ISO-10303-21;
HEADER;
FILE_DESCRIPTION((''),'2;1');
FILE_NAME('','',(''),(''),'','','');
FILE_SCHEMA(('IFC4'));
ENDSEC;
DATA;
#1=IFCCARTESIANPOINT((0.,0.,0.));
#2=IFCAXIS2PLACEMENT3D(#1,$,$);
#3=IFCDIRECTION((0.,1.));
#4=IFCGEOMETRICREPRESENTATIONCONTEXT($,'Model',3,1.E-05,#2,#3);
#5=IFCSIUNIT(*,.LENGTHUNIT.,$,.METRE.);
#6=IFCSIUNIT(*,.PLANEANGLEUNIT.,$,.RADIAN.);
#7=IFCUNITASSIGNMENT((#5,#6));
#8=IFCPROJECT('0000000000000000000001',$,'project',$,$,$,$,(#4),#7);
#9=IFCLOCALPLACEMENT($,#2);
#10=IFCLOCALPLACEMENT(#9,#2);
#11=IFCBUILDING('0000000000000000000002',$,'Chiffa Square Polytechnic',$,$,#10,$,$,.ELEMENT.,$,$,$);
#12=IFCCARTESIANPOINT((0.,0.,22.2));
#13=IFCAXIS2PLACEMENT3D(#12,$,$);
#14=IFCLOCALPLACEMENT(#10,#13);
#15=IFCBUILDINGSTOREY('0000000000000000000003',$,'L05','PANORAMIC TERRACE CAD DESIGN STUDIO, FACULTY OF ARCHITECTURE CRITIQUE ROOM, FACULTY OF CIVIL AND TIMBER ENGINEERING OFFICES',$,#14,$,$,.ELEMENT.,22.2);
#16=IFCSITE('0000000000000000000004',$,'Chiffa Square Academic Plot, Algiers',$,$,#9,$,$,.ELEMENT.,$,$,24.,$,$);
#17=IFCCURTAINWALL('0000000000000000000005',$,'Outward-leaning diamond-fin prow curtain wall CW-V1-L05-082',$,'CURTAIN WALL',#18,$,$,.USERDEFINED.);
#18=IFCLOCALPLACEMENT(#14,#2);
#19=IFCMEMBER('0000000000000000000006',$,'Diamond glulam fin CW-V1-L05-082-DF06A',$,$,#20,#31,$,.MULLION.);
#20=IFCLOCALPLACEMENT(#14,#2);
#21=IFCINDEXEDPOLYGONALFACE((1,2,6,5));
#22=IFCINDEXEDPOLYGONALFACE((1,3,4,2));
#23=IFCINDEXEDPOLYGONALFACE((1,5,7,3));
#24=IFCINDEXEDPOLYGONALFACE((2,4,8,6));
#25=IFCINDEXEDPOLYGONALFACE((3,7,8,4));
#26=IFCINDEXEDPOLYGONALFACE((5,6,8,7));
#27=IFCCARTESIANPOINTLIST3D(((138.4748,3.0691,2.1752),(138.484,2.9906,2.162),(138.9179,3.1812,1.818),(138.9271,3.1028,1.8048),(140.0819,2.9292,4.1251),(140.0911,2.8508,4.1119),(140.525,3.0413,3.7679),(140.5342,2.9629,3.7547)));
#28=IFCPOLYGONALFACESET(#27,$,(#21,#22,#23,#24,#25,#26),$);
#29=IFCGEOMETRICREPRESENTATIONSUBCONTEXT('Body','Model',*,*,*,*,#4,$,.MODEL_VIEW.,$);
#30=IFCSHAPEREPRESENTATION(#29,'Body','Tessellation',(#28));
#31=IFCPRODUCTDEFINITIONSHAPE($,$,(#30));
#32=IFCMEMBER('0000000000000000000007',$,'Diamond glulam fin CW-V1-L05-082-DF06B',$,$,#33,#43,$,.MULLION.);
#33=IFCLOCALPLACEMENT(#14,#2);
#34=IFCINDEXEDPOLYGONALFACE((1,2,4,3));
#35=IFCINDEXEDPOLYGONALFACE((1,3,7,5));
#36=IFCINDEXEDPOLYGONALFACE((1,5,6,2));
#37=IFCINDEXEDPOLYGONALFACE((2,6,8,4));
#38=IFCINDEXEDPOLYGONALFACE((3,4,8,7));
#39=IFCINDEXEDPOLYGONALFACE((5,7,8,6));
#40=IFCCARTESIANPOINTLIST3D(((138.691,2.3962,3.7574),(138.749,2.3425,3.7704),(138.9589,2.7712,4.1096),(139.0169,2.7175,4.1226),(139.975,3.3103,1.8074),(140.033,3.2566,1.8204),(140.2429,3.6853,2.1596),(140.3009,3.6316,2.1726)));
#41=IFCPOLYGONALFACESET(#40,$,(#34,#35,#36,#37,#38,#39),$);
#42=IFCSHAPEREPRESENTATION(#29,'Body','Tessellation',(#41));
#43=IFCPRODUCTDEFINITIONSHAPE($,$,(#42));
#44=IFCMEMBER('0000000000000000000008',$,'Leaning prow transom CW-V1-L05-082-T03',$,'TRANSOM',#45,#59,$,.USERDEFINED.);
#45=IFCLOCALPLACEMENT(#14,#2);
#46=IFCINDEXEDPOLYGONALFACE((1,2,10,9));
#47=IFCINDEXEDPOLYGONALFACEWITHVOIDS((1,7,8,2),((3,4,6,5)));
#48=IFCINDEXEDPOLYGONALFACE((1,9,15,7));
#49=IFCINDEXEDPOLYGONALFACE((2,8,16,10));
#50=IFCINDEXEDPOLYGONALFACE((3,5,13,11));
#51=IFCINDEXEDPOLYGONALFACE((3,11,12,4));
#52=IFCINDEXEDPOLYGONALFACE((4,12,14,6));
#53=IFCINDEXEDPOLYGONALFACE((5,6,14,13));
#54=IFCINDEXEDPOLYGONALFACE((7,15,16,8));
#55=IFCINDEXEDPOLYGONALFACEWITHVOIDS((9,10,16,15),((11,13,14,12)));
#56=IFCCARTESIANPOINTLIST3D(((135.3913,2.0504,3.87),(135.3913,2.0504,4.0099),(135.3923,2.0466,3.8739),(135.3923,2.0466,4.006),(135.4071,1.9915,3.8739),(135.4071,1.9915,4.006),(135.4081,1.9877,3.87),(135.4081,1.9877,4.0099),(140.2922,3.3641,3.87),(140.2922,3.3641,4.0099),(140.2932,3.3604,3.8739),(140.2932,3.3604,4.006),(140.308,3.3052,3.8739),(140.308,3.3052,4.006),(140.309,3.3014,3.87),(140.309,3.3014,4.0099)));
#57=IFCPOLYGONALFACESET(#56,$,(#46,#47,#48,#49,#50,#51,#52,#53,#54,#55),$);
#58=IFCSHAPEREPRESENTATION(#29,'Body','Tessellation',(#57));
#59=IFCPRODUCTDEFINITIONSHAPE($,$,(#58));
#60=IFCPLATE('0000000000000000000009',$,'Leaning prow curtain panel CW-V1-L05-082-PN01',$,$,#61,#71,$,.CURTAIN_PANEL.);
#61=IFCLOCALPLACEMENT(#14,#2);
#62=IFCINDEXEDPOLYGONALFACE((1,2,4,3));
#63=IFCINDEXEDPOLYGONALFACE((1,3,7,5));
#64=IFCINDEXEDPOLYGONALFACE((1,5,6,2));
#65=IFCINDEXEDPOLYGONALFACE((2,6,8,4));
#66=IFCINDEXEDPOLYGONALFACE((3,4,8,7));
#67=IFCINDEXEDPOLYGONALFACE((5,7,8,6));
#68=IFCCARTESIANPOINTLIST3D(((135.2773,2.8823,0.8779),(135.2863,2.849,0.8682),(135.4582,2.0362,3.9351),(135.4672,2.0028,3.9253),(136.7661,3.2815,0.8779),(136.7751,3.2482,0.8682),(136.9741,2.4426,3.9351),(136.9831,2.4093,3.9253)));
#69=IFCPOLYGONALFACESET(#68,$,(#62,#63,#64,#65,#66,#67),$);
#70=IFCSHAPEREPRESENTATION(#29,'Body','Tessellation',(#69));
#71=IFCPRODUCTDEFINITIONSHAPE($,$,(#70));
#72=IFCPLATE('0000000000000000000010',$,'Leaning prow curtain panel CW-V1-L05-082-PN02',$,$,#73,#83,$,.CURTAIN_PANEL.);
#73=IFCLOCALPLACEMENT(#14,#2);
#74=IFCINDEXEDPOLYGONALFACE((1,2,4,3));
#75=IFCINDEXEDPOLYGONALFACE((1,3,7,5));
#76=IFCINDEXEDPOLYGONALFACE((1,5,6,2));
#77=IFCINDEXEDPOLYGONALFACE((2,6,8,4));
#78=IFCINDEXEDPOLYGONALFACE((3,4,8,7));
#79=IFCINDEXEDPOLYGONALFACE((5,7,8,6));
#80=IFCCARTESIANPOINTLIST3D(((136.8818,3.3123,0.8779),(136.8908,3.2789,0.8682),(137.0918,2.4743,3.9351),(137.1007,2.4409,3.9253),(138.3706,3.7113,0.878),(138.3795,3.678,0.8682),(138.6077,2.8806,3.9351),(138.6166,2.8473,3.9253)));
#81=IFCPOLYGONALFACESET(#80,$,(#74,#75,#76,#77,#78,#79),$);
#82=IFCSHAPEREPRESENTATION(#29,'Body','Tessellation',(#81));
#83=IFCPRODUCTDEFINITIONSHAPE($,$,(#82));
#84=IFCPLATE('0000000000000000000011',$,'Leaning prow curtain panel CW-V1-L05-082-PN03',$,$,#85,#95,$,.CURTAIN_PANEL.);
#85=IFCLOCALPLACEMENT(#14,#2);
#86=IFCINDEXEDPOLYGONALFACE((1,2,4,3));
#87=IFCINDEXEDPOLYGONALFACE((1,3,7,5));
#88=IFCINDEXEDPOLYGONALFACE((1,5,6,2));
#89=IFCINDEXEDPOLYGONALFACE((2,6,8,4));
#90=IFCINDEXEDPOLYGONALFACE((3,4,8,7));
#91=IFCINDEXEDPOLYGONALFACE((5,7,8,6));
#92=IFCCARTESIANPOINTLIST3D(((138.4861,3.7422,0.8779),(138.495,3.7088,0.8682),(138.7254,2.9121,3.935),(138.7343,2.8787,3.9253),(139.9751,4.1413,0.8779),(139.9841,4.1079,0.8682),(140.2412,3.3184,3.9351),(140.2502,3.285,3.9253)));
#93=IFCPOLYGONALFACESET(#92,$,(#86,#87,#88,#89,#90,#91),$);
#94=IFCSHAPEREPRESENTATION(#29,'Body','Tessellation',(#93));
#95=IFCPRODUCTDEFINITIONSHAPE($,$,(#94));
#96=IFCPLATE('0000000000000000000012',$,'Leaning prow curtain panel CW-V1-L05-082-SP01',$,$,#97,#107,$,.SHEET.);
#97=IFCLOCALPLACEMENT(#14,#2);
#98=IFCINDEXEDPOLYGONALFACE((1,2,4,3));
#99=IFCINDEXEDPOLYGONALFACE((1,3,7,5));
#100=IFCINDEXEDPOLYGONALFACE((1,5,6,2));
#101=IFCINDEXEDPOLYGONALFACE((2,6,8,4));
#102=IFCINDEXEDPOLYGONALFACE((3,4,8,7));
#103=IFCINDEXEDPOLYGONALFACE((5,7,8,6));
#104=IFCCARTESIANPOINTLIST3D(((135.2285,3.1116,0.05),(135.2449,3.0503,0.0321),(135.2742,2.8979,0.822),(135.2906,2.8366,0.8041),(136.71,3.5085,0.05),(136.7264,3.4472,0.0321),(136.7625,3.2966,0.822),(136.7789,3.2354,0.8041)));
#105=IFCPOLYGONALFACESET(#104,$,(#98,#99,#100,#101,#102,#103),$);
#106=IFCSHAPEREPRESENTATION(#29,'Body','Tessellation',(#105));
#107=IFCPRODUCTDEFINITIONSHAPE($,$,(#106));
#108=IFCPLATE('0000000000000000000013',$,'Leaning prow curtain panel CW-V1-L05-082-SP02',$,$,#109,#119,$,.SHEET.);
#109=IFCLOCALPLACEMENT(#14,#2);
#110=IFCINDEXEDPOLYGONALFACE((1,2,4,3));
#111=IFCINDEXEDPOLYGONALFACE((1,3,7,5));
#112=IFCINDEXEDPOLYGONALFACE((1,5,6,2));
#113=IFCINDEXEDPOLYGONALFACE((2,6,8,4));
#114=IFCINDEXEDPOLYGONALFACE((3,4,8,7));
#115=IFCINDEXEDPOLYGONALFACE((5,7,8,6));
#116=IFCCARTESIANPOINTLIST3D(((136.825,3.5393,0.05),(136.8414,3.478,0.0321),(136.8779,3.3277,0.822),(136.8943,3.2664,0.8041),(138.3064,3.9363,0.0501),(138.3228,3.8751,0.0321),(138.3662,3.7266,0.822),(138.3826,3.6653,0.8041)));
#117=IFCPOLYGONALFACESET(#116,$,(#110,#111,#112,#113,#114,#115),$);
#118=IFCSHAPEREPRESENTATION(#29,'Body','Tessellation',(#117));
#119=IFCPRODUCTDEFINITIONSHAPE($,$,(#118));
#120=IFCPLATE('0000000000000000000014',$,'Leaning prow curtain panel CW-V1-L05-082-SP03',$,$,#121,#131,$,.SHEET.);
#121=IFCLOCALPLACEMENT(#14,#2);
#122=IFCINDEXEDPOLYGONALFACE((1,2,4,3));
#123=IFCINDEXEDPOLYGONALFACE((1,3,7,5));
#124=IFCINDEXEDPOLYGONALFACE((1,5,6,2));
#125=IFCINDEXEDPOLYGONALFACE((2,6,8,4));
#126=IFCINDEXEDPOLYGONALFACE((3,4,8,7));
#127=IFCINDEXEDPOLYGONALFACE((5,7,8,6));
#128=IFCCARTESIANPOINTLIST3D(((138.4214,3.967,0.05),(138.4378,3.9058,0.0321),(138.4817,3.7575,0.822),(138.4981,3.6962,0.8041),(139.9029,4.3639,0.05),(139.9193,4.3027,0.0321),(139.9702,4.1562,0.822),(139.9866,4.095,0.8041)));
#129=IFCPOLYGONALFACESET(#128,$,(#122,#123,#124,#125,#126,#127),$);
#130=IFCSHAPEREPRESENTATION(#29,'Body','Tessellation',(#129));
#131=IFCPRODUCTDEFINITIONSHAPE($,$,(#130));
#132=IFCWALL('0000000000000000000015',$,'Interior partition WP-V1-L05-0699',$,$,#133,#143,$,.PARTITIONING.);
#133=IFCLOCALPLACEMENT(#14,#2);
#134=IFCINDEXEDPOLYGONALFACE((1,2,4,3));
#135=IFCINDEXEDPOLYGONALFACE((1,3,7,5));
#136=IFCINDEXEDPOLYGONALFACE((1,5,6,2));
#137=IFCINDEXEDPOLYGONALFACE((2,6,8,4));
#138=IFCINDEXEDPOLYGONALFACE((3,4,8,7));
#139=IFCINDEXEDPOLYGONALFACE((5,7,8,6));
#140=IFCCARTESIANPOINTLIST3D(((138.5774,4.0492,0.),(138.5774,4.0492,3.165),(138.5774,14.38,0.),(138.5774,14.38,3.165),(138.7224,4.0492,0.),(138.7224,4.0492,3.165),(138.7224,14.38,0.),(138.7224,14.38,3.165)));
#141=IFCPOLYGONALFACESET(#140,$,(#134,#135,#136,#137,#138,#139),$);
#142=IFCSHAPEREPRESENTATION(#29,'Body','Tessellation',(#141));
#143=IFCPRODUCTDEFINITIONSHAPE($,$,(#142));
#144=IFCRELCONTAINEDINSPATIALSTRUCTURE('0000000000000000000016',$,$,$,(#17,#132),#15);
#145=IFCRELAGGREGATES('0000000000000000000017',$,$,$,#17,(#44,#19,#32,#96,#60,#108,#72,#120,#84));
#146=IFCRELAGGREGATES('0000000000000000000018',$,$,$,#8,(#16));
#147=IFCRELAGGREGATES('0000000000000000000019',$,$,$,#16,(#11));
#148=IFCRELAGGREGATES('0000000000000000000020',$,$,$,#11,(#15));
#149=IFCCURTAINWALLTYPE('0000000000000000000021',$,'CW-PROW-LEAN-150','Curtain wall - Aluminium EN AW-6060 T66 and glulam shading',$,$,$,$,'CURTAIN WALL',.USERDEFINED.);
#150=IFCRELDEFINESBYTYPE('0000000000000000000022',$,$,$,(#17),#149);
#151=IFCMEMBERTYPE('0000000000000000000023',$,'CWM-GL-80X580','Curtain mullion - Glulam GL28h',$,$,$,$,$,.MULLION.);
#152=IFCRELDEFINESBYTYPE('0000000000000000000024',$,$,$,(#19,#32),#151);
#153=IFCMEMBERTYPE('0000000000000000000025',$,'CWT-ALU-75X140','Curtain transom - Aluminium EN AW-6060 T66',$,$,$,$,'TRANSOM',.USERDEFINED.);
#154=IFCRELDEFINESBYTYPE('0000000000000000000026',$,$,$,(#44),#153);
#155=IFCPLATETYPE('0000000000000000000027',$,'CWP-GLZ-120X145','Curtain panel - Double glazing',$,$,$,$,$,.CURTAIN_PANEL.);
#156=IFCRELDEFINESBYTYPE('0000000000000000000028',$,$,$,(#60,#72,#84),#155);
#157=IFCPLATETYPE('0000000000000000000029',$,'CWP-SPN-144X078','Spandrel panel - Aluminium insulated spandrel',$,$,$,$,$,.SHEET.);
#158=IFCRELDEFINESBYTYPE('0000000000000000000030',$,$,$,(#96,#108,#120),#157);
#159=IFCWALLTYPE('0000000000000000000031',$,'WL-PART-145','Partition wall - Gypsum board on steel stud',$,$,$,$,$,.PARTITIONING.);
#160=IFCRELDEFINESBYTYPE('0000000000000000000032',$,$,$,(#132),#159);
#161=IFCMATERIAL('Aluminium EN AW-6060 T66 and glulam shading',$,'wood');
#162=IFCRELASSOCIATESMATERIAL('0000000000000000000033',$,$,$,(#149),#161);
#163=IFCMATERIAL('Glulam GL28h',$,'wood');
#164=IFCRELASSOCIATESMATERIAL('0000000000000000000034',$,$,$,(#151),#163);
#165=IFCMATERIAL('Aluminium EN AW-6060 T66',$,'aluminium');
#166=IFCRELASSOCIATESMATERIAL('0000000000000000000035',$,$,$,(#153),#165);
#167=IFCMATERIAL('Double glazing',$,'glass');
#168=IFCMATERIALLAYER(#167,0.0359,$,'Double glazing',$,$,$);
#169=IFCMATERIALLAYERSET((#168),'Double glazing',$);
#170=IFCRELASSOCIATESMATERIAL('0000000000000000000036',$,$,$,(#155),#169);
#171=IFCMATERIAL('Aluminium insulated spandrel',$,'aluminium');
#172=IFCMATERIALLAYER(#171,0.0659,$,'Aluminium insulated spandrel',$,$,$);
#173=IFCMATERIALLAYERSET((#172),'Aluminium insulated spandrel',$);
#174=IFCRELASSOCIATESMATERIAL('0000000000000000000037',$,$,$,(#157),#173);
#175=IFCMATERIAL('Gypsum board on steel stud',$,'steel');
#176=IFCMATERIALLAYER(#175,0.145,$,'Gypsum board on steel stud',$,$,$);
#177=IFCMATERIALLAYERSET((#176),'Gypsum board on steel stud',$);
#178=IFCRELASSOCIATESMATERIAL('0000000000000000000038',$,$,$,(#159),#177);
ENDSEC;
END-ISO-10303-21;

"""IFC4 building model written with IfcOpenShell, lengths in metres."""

from ifc_helpers import new_model, si_unit, direction, frame, frame_2d, origin, origin_2d, place, context, subcontext, project, spatial, polyline, rectangle, hollow_rectangle, outline, extrude, material, layer, layer_set, material_profile, profile_set, type_object, element, aggregate, save


model = new_model("IFC4")

# Units and contexts
model_context = context("Model", 3, precision=1e-05, world=origin(), true_north=direction((0.0, 1.0)))
body_context = subcontext(model_context, "Body", "Model", "MODEL_VIEW")
ifc_project = project(units=[si_unit("LENGTHUNIT", "METRE"), si_unit("PLANEANGLEUNIT", "RADIAN")], contexts=[model_context])

# Site, building, storey
site_placement = place(None, origin())
site = spatial("IfcSite", under=ifc_project, at=site_placement, Name="Chiffa Square Academic Plot, Algiers", CompositionType="ELEMENT", RefElevation=24.0)
building_placement = place(site_placement, origin())
building = spatial("IfcBuilding", under=site, at=building_placement, Name="Chiffa Square Polytechnic", CompositionType="ELEMENT")
storey_placement = place(building_placement, frame((0.0, 0.0, 22.2)))
storey = spatial("IfcBuildingStorey", under=building, at=storey_placement, Name="L05", Description="PANORAMIC TERRACE CAD DESIGN STUDIO, FACULTY OF ARCHITECTURE CRITIQUE ROOM, FACULTY OF CIVIL AND TIMBER ENGINEERING OFFICES", CompositionType="ELEMENT", Elevation=22.2)

# Curtain wall, members, plates
ifc_material_1 = material(Name="Aluminium EN AW-6060 T66 and glulam shading", Category="wood")
curtain_wall_type = type_object("IfcCurtainWallType", Name="CW-PROW-LEAN-150", Description="Curtain wall - Aluminium EN AW-6060 T66 and glulam shading", ElementType="CURTAIN WALL", PredefinedType="USERDEFINED", material=ifc_material_1)
curtain_wall_placement = place(storey_placement, origin())
curtain_wall = element("IfcCurtainWall", 1, at=curtain_wall_placement, inside=storey, type_object=curtain_wall_type, Name="Outward-leaning diamond-fin prow curtain wall CW-V1-L05-082", ObjectType="CURTAIN WALL", PredefinedType="USERDEFINED")
ifc_material_2 = material(Name="Aluminium EN AW-6060 T66", Category="aluminium")
ifc_material_3 = material(Name="Glulam GL28h", Category="wood")
ifc_material_profile_1 = material_profile(ifc_material_3, rectangle(XDim=0.0801, YDim=0.5801, at=origin_2d()), Name="GL28h 80x580")
ifc_profile_set_1 = profile_set([ifc_material_profile_1], Name="Glulam GL28h")
member_type_1 = type_object("IfcMemberType", Name="CWM-GL-80X580", Description="Curtain mullion - Glulam GL28h", PredefinedType="MULLION", material=ifc_profile_set_1)
member_1_placement = place(storey_placement, frame((138.7009, 3.0859, 1.99), z_axis=(0.63505, -0.055276, 0.770491), x_axis=(-0.114907, 0.97958, 0.164984)))
member_1 = element("IfcMember", 2, at=member_1_placement, type_object=member_type_1, Name="Diamond glulam fin CW-V1-L05-082-DF06A", PredefinedType="MULLION", context=body_context, shape_type="SweptSolid", body=[
    extrude(rectangle(XDim=0.0801, YDim=0.5801, at=origin_2d()), origin(), (0.0, 0.0, 1.0), 2.5308),
])
member_2_placement = place(storey_placement, frame((140.1379, 3.4709, 1.99), z_axis=(-0.512089, -0.364568, 0.777725), x_axis=(0.72418, -0.670144, 0.162695)))
member_2 = element("IfcMember", 3, at=member_2_placement, type_object=member_type_1, Name="Diamond glulam fin CW-V1-L05-082-DF06B", PredefinedType="MULLION", context=body_context, shape_type="SweptSolid", body=[
    extrude(rectangle(XDim=0.0801, YDim=0.5801, at=origin_2d()), origin(), (0.0, 0.0, 1.0), 2.5073),
])
ifc_material_profile_2 = material_profile(ifc_material_2, hollow_rectangle(XDim=0.0649, YDim=0.1399, WallThickness=0.0039, at=origin_2d()), Name="ALU 65x140x4")
ifc_profile_set_2 = profile_set([ifc_material_profile_2], Name="Aluminium EN AW-6060 T66")
member_type_2 = type_object("IfcMemberType", Name="CWT-ALU-75X140", Description="Curtain transom - Aluminium EN AW-6060 T66", ElementType="TRANSOM", PredefinedType="USERDEFINED", material=ifc_profile_set_2)
member_3_placement = place(storey_placement, frame((135.3997, 2.019, 3.9399), z_axis=(0.9659, 0.258917, 0.0), x_axis=(-0.258917, 0.9659, 0.0)))
member_3 = element("IfcMember", 4, at=member_3_placement, type_object=member_type_2, Name="Leaning prow transom CW-V1-L05-082-T03", ObjectType="TRANSOM", PredefinedType="USERDEFINED", context=body_context, shape_type="SweptSolid", body=[
    extrude(hollow_rectangle(XDim=0.0649, YDim=0.1399, WallThickness=0.0039, at=origin_2d()), origin(), (0.0, 0.0, 1.0), 5.074),
])
ifc_material_4 = material(Name="Double glazing", Category="glass")
ifc_layer_1 = layer(ifc_material_4, 0.0359, Name="Double glazing")
ifc_layer_set_1 = layer_set([ifc_layer_1], Name="Double glazing")
plate_type_1 = type_object("IfcPlateType", Name="CWP-GLZ-120X145", Description="Curtain panel - Double glazing", PredefinedType="CURTAIN_PANEL", material=ifc_layer_set_1)
plate_1_placement = place(storey_placement, frame((135.2773, 2.8823, 0.8779), z_axis=(-0.249226, 0.929461, 0.272008), x_axis=(0.96588, 0.25899, 0.000005)))
plate_1 = element("IfcPlate", 5, at=plate_1_placement, type_object=plate_type_1, Name="Leaning prow curtain panel CW-V1-L05-082-PN01", PredefinedType="CURTAIN_PANEL", context=body_context, shape_type="SweptSolid", body=[
    extrude(outline(polyline([(0.0, 0.0), (1.5414, 0.0), (1.525, -3.1769), (-0.0444, -3.1769), (0.0, 0.0)])), origin(), (0.0, 0.0, -1.0), 0.0359),
])
plate_2_placement = place(storey_placement, frame((136.8818, 3.3123, 0.8779), z_axis=(-0.249163, 0.92951, 0.271898), x_axis=(0.965901, 0.258911, 0.000025)))
plate_2 = element("IfcPlate", 6, at=plate_2_placement, type_object=plate_type_1, Name="Leaning prow curtain panel CW-V1-L05-082-PN02", PredefinedType="CURTAIN_PANEL", context=body_context, shape_type="SweptSolid", body=[
    extrude(outline(polyline([(0.0, 0.0), (1.5413, 0.0), (1.5553, -3.1768), (-0.0141, -3.1769), (0.0, 0.0)])), origin(), (0.0, 0.0, -1.0), 0.0359),
])
plate_3_placement = place(storey_placement, frame((138.4861, 3.7422, 0.8779), z_axis=(-0.249144, 0.929515, 0.2719), x_axis=(0.965904, 0.258901, -0.00001)))
plate_3 = element("IfcPlate", 7, at=plate_3_placement, type_object=plate_type_1, Name="Leaning prow curtain panel CW-V1-L05-082-PN03", PredefinedType="CURTAIN_PANEL", context=body_context, shape_type="SweptSolid", body=[
    extrude(outline(polyline([(0.0, 0.0), (1.5416, 0.0), (1.5855, -3.1768), (0.0162, -3.1768), (0.0, 0.0)])), origin(), (0.0, 0.0, -1.0), 0.0359),
])
ifc_material_5 = material(Name="Aluminium insulated spandrel", Category="aluminium")
ifc_layer_2 = layer(ifc_material_5, 0.0659, Name="Aluminium insulated spandrel")
ifc_layer_set_2 = layer_set([ifc_layer_2], Name="Aluminium insulated spandrel")
plate_type_2 = type_object("IfcPlateType", Name="CWP-SPN-144X078", Description="Spandrel panel - Aluminium insulated spandrel", PredefinedType="SHEET", material=ifc_layer_set_2)
plate_4_placement = place(storey_placement, frame((135.2285, 3.1116, 0.05), z_axis=(-0.249036, 0.929509, 0.272019), x_axis=(0.965932, 0.258797, -0.00001)))
plate_4 = element("IfcPlate", 8, at=plate_4_placement, type_object=plate_type_2, Name="Leaning prow curtain panel CW-V1-L05-082-SP01", PredefinedType="SHEET", context=body_context, shape_type="SweptSolid", body=[
    extrude(outline(polyline([(0.0, 0.0), (1.5337, 0.0), (1.5296, -0.8022), (-0.0112, -0.8022), (0.0, 0.0)])), origin(), (0.0, 0.0, -1.0), 0.0659),
])
plate_5_placement = place(storey_placement, frame((136.825, 3.5393, 0.05), z_axis=(-0.249116, 0.929524, 0.271893), x_axis=(0.965913, 0.258866, 0.00001)))
plate_5 = element("IfcPlate", 9, at=plate_5_placement, type_object=plate_type_2, Name="Leaning prow curtain panel CW-V1-L05-082-SP02", PredefinedType="SHEET", context=body_context, shape_type="SweptSolid", body=[
    extrude(outline(polyline([(0.0, 0.0), (1.5337, 0.0), (1.5372, -0.8022), (-0.0036, -0.8022), (0.0, 0.0)])), origin(), (0.0, 0.0, -1.0), 0.0659),
])
plate_6_placement = place(storey_placement, frame((138.4214, 3.967, 0.05), z_axis=(-0.249032, 0.929573, 0.271803), x_axis=(0.965937, 0.258779, -0.000015)))
plate_6 = element("IfcPlate", 10, at=plate_6_placement, type_object=plate_type_2, Name="Leaning prow curtain panel CW-V1-L05-082-SP03", PredefinedType="SHEET", context=body_context, shape_type="SweptSolid", body=[
    extrude(outline(polyline([(0.0, 0.0), (1.5337, 0.0), (1.545, -0.8022), (0.004, -0.8021), (0.0, 0.0)])), origin(), (0.0, 0.0, -1.0), 0.0659),
])
aggregate(curtain_wall, [member_3, member_1, member_2, plate_4, plate_1, plate_5, plate_2, plate_6, plate_3])

# Wall
ifc_material_6 = material(Name="Gypsum board on steel stud", Category="steel")
ifc_layer_3 = layer(ifc_material_6, 0.145, Name="Gypsum board on steel stud")
ifc_layer_set_3 = layer_set([ifc_layer_3], Name="Gypsum board on steel stud")
wall_type = type_object("IfcWallType", Name="WL-PART-145", Description="Partition wall - Gypsum board on steel stud", PredefinedType="PARTITIONING", material=ifc_layer_set_3)
wall_placement = place(storey_placement, frame((138.6499, 4.0491, 0.0), z_axis=(0.0, 0.0, 1.0), x_axis=(0.0, 1.0, 0.0)))
element("IfcWall", 11, at=wall_placement, inside=storey, type_object=wall_type, Name="Interior partition WP-V1-L05-0699", PredefinedType="PARTITIONING", context=body_context, shape_type="SweptSolid", body=[
    extrude(rectangle(XDim=10.3308, YDim=0.145, at=frame_2d((5.1655, 0.0))), origin(), (0.0, 0.0, 1.0), 3.165),
])

save(model, "model.ifc")
